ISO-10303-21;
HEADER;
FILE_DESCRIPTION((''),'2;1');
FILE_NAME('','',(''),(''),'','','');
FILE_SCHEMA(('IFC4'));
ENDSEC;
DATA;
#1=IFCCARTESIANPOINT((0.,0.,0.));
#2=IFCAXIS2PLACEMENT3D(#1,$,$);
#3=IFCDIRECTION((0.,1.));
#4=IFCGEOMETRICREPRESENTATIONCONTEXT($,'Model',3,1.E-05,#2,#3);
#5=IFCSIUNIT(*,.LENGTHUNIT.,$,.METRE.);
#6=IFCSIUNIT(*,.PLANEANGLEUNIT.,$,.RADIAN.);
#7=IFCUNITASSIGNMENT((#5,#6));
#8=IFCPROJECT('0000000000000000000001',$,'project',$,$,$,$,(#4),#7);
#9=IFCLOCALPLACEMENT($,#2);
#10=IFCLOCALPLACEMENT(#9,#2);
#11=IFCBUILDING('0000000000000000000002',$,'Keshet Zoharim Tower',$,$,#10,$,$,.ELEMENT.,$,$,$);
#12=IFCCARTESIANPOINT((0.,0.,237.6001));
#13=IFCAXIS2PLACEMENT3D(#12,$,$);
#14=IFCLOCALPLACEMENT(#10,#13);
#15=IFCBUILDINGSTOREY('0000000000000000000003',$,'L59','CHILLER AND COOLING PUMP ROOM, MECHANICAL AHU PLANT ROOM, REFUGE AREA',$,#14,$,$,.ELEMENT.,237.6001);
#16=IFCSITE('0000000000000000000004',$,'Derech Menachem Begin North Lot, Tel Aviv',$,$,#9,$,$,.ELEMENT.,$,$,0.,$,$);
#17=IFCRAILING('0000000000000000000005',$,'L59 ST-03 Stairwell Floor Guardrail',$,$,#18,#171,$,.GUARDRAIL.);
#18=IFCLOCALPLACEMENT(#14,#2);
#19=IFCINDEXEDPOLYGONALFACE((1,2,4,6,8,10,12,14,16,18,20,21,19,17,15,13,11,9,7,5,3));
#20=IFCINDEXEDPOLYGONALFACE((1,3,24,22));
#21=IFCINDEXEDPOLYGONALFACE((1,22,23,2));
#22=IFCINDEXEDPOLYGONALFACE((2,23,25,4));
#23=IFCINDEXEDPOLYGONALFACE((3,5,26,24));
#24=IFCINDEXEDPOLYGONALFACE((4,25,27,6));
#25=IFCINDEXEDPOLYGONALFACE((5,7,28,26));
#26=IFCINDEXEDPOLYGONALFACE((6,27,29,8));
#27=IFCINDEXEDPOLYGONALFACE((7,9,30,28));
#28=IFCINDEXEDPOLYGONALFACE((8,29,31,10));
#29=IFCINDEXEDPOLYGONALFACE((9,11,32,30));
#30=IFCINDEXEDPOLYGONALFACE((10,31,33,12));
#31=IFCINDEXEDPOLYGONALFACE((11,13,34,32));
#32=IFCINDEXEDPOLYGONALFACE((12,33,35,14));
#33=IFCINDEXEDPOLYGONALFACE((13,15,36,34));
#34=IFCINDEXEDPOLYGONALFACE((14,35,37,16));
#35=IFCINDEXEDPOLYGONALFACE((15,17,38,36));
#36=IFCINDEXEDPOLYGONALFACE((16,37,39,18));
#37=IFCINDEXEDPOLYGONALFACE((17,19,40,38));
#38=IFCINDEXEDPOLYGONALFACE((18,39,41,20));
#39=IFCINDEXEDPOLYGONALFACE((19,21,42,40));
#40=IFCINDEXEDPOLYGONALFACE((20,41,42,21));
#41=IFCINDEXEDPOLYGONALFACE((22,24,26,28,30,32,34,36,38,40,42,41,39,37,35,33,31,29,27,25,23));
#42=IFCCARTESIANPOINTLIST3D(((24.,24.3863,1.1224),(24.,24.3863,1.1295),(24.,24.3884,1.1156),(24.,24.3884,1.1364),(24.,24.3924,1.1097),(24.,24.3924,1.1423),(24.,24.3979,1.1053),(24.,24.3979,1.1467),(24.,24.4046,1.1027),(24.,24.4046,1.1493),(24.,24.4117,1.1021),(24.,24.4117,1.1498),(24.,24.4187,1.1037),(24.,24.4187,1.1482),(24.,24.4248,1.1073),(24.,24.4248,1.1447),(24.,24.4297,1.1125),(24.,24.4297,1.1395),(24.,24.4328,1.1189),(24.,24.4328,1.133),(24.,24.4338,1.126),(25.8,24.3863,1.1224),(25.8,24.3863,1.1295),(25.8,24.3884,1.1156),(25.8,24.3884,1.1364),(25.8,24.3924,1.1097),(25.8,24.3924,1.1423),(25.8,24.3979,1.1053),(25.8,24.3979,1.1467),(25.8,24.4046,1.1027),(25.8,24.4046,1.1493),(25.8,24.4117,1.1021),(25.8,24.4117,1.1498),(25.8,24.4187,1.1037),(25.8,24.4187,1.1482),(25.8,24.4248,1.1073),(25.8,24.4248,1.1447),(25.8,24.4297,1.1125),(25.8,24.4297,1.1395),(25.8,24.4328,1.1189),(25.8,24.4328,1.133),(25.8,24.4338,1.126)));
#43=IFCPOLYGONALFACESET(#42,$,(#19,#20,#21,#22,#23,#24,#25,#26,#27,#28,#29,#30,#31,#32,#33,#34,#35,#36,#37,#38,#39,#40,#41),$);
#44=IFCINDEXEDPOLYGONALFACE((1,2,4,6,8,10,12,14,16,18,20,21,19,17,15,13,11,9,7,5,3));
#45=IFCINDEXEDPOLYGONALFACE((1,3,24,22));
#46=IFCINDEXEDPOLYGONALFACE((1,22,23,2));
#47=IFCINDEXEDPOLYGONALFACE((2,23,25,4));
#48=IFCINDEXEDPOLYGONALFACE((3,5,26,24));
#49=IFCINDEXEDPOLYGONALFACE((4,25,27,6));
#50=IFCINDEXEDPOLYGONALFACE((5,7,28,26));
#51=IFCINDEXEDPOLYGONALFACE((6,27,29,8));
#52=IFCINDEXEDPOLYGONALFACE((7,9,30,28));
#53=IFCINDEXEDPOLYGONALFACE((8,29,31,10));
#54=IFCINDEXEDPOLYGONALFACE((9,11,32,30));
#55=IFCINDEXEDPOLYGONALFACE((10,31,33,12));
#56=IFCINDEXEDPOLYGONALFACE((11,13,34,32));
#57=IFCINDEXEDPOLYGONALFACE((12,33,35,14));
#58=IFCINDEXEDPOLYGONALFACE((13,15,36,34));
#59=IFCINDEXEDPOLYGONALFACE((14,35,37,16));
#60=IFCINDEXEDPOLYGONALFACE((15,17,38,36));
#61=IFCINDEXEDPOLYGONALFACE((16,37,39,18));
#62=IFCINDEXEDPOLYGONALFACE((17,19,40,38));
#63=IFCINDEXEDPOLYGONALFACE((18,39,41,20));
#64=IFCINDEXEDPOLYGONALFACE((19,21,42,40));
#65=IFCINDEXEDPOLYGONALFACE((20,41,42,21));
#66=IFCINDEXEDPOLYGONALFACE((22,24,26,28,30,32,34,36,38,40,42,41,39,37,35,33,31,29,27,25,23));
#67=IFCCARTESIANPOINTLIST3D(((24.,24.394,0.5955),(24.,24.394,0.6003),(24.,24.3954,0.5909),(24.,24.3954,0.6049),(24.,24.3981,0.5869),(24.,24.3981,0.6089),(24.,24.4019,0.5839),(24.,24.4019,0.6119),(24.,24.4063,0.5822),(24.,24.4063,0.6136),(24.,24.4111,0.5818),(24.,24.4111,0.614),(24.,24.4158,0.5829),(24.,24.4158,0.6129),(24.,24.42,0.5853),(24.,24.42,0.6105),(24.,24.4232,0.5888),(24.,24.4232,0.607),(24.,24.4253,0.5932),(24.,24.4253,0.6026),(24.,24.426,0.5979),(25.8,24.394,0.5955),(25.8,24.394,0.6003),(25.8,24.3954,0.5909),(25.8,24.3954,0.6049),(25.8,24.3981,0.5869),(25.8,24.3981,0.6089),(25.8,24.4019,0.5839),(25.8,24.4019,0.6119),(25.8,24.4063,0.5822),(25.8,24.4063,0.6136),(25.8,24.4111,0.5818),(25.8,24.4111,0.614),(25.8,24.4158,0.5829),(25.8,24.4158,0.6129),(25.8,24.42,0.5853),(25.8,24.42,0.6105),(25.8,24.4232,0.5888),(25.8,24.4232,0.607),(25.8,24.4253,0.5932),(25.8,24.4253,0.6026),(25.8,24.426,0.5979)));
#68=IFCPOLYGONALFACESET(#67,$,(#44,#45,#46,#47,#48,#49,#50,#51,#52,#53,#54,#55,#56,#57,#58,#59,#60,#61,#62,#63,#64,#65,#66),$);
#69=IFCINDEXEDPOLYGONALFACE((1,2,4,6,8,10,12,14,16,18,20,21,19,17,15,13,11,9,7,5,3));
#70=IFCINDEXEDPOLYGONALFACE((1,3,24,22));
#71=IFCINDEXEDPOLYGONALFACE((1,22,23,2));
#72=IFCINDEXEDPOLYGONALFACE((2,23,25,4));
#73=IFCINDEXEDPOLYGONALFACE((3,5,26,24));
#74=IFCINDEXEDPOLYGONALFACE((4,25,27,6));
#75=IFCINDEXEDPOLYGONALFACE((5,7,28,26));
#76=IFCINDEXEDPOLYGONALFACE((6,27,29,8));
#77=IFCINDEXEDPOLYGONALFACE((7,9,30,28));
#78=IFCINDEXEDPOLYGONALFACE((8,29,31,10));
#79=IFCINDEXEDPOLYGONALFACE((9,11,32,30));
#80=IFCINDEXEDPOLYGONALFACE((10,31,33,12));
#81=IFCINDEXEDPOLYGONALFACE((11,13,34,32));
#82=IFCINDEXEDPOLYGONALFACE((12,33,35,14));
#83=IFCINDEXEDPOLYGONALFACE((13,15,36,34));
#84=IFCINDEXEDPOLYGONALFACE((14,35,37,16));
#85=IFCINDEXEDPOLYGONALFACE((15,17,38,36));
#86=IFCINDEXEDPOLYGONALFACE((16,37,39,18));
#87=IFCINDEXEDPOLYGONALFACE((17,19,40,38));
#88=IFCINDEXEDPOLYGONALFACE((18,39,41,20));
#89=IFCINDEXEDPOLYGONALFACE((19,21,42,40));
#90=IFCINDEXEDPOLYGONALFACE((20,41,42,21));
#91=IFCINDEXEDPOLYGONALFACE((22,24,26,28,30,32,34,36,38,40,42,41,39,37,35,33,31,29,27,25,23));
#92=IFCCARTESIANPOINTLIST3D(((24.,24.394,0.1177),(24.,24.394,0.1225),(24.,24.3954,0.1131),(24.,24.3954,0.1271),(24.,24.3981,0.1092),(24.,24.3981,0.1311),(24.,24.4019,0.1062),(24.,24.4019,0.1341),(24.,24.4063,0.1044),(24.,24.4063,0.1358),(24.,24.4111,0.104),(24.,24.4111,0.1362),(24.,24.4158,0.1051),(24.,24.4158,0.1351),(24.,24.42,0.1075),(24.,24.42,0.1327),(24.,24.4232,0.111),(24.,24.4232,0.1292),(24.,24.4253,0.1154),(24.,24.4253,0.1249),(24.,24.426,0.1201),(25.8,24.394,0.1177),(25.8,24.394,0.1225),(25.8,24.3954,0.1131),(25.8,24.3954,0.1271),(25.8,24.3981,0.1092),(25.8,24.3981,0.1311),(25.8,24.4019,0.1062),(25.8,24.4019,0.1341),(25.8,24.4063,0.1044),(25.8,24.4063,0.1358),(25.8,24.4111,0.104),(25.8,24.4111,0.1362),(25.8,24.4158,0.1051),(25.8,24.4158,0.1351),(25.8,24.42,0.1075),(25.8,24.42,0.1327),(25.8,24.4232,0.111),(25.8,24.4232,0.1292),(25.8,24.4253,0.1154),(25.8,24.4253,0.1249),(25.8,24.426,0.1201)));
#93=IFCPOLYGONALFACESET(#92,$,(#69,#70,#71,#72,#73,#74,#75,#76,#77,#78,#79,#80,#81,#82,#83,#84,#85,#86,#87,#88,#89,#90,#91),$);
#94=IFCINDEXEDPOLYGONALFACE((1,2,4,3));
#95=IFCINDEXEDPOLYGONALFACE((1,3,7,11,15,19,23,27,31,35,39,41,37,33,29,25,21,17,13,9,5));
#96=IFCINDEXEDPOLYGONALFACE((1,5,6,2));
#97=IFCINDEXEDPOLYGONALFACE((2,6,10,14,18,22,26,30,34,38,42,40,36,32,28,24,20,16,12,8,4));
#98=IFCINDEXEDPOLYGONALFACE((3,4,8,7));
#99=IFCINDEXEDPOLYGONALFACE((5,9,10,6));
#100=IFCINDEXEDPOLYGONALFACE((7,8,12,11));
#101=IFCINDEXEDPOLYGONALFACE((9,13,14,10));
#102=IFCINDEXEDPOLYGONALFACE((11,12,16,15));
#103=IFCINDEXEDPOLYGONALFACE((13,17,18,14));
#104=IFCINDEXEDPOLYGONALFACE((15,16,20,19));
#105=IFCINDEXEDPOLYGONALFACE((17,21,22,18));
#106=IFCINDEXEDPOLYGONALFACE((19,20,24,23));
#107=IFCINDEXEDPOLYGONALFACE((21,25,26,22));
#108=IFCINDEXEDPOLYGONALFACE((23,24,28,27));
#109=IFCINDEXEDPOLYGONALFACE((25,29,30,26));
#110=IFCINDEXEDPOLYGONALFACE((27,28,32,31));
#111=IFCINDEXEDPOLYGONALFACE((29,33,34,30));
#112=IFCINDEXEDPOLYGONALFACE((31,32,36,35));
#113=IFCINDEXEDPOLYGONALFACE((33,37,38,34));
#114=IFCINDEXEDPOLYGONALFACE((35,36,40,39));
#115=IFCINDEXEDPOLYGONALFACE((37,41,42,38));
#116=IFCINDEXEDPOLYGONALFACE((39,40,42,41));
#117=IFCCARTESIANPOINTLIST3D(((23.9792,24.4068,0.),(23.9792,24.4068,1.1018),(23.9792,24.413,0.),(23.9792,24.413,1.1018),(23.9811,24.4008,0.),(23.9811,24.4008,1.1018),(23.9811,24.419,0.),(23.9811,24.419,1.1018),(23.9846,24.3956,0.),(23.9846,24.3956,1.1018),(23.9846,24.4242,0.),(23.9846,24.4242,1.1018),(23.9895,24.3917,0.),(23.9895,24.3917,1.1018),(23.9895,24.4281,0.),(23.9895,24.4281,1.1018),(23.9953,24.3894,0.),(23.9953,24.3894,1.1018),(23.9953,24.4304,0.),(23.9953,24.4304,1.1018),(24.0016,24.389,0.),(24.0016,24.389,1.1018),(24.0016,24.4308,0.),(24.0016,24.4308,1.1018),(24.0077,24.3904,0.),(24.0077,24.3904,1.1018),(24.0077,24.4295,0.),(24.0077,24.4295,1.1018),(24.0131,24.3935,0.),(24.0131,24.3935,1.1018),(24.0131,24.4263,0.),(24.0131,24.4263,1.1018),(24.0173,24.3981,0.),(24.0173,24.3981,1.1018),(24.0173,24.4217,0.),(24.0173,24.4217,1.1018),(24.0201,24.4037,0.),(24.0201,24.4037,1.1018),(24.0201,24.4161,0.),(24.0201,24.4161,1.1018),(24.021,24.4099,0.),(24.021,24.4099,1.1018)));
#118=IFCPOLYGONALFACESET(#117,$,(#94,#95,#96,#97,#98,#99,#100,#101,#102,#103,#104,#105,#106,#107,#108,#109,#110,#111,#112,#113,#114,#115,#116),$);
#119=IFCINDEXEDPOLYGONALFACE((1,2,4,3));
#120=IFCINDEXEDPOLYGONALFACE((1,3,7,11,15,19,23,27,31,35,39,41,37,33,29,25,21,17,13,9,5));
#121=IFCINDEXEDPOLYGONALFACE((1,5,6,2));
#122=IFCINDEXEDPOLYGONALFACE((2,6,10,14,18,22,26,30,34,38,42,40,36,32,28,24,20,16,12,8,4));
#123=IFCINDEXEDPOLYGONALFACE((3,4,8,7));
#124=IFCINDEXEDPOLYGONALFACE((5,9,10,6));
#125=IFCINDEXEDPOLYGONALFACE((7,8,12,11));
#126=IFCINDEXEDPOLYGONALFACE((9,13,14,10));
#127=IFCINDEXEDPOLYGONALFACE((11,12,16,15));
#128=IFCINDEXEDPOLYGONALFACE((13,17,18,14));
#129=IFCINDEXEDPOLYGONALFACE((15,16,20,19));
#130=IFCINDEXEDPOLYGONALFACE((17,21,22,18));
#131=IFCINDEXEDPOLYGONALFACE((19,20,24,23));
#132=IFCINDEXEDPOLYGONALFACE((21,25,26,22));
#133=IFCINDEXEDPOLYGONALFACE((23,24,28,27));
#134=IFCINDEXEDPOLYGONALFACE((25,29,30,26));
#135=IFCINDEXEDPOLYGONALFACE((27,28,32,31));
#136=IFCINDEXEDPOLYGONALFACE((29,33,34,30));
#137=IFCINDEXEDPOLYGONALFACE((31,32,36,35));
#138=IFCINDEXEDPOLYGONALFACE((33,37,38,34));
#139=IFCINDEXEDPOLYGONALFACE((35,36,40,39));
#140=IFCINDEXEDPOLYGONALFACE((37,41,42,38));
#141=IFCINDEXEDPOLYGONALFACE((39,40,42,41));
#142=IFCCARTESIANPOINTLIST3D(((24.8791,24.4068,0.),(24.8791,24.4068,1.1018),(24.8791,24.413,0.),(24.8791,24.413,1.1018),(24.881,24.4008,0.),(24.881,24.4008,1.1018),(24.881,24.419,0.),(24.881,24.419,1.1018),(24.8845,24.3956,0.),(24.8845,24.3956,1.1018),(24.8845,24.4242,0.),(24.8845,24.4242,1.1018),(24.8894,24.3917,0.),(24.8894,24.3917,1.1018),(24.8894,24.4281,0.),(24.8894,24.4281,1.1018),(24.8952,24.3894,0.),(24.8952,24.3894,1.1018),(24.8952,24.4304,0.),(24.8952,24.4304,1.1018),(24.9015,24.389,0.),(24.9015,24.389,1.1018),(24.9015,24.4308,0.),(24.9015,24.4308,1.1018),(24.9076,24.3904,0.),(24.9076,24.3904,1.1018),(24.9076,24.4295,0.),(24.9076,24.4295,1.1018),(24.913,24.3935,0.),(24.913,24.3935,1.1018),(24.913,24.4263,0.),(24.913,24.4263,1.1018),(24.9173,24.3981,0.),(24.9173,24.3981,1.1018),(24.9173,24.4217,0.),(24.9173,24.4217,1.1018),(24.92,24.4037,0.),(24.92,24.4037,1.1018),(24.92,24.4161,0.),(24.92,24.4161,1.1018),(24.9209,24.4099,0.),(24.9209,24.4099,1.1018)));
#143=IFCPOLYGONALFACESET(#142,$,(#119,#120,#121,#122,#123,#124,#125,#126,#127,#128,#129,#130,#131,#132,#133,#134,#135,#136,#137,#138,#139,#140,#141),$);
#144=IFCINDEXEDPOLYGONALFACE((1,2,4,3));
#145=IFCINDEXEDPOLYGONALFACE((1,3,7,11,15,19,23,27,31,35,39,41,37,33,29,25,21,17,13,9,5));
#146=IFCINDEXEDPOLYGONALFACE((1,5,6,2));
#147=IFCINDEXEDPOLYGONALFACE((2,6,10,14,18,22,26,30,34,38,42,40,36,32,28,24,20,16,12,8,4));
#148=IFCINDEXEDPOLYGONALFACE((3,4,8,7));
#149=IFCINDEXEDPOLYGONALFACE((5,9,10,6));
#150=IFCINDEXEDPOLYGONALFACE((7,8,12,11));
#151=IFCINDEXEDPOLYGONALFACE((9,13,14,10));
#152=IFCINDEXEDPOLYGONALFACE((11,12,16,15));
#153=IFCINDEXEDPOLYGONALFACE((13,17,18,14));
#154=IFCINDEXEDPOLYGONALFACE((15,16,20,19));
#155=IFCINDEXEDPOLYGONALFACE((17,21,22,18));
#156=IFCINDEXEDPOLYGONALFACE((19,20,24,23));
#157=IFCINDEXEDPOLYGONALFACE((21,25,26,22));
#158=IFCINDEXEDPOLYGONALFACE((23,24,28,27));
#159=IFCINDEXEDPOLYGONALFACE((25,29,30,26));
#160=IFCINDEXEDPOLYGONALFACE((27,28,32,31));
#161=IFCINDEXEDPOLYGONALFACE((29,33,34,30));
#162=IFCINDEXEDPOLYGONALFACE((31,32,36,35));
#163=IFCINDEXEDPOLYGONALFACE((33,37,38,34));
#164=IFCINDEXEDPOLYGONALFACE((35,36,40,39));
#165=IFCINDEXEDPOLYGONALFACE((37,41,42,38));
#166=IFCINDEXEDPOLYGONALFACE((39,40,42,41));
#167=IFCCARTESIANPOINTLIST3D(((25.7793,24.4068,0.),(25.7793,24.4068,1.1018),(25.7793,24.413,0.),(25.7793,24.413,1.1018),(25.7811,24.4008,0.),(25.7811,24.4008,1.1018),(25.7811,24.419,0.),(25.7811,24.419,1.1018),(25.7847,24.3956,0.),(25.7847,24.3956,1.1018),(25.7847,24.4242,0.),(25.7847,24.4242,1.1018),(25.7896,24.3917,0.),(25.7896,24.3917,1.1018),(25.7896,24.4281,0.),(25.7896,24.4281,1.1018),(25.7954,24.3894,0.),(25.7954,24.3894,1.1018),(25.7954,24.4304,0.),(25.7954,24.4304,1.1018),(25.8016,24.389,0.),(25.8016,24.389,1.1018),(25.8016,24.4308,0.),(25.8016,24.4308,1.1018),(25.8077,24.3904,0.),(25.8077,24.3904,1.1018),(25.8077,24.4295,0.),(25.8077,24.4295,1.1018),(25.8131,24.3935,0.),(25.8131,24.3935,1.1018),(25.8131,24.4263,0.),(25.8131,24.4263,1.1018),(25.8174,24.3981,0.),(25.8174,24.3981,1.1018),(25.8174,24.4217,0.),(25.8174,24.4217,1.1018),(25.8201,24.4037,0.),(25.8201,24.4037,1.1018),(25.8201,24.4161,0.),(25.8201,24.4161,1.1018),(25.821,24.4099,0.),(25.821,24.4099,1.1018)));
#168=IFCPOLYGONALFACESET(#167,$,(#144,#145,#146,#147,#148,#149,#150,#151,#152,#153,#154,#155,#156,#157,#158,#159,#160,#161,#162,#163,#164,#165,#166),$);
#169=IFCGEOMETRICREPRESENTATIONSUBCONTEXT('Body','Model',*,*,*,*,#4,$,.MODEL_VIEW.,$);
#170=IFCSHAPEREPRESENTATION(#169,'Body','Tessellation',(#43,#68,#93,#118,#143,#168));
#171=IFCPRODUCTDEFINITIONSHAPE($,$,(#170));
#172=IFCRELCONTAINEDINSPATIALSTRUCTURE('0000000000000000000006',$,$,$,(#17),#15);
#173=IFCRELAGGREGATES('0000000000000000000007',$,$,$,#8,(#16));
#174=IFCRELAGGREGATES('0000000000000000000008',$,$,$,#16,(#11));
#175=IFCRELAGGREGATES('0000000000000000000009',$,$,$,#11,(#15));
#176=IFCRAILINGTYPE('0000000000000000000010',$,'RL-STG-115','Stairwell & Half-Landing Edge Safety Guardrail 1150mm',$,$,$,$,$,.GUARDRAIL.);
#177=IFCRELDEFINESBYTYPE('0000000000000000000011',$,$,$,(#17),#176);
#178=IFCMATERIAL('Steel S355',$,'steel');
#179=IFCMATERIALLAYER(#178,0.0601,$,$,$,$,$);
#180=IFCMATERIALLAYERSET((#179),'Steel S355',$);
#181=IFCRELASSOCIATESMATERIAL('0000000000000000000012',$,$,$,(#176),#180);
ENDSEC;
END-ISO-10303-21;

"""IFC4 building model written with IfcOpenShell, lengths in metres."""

from ifc_helpers import new_model, si_unit, direction, frame, origin, origin_2d, place, context, subcontext, project, spatial, circle, extrude, material, layer, layer_set, type_object, element, save


model = new_model("IFC4")

# Units and contexts
model_context = context("Model", 3, precision=1e-05, world=origin(), true_north=direction((0.0, 1.0)))
body_context = subcontext(model_context, "Body", "Model", "MODEL_VIEW")
ifc_project = project(units=[si_unit("LENGTHUNIT", "METRE"), si_unit("PLANEANGLEUNIT", "RADIAN")], contexts=[model_context])

# Site, building, storey
site_placement = place(None, origin())
site = spatial("IfcSite", under=ifc_project, at=site_placement, Name="Derech Menachem Begin North Lot, Tel Aviv", CompositionType="ELEMENT", RefElevation=0.0)
building_placement = place(site_placement, origin())
building = spatial("IfcBuilding", under=site, at=building_placement, Name="Keshet Zoharim Tower", CompositionType="ELEMENT")
storey_placement = place(building_placement, frame((0.0, 0.0, 237.6001)))
storey = spatial("IfcBuildingStorey", under=building, at=storey_placement, Name="L59", Description="CHILLER AND COOLING PUMP ROOM, MECHANICAL AHU PLANT ROOM, REFUGE AREA", CompositionType="ELEMENT", Elevation=237.6001)

# Shared definitions
ifc_material_1 = material(Name="Steel S355", Category="steel")

# Railing
ifc_layer_1 = layer(ifc_material_1, 0.0601)
ifc_layer_set_1 = layer_set([ifc_layer_1], Name="Steel S355")
railing_type_1 = type_object("IfcRailingType", Name="RL-STG-115", Description="Stairwell & Half-Landing Edge Safety Guardrail 1150mm", PredefinedType="GUARDRAIL", material=ifc_layer_set_1)
railing_1_placement = place(storey_placement, frame((24.0, 24.4099, 0.0)))
element("IfcRailing", 1, at=railing_1_placement, inside=storey, type_object=railing_type_1, Name="L59 ST-03 Stairwell Floor Guardrail", PredefinedType="GUARDRAIL", context=body_context, shape_type="SweptSolid", body=[
    extrude(circle(Radius=0.0239, at=origin_2d()), frame((0.0, 0.0, 1.126), z_axis=(1.0, 0.0, 0.0), x_axis=(0.0, 1.0, 0.0)), (0.0, 0.0, 1.0), 1.8),
    extrude(circle(Radius=0.0161, at=origin_2d()), frame((0.0, 0.0, 0.5979), z_axis=(1.0, 0.0, 0.0), x_axis=(0.0, 1.0, 0.0)), (0.0, 0.0, 1.0), 1.8),
    extrude(circle(Radius=0.0161, at=origin_2d()), frame((0.0, 0.0, 0.1201), z_axis=(1.0, 0.0, 0.0), x_axis=(0.0, 1.0, 0.0)), (0.0, 0.0, 1.0), 1.8),
    extrude(circle(Radius=0.021, at=origin_2d()), origin(), (0.0, 0.0, 1.0), 1.1018),
    extrude(circle(Radius=0.021, at=origin_2d()), frame((0.8999, 0.0, 0.0)), (0.0, 0.0, 1.0), 1.1018),
    extrude(circle(Radius=0.021, at=origin_2d()), frame((1.8, 0.0, 0.0)), (0.0, 0.0, 1.0), 1.1018),
])

save(model, "model.ifc")
